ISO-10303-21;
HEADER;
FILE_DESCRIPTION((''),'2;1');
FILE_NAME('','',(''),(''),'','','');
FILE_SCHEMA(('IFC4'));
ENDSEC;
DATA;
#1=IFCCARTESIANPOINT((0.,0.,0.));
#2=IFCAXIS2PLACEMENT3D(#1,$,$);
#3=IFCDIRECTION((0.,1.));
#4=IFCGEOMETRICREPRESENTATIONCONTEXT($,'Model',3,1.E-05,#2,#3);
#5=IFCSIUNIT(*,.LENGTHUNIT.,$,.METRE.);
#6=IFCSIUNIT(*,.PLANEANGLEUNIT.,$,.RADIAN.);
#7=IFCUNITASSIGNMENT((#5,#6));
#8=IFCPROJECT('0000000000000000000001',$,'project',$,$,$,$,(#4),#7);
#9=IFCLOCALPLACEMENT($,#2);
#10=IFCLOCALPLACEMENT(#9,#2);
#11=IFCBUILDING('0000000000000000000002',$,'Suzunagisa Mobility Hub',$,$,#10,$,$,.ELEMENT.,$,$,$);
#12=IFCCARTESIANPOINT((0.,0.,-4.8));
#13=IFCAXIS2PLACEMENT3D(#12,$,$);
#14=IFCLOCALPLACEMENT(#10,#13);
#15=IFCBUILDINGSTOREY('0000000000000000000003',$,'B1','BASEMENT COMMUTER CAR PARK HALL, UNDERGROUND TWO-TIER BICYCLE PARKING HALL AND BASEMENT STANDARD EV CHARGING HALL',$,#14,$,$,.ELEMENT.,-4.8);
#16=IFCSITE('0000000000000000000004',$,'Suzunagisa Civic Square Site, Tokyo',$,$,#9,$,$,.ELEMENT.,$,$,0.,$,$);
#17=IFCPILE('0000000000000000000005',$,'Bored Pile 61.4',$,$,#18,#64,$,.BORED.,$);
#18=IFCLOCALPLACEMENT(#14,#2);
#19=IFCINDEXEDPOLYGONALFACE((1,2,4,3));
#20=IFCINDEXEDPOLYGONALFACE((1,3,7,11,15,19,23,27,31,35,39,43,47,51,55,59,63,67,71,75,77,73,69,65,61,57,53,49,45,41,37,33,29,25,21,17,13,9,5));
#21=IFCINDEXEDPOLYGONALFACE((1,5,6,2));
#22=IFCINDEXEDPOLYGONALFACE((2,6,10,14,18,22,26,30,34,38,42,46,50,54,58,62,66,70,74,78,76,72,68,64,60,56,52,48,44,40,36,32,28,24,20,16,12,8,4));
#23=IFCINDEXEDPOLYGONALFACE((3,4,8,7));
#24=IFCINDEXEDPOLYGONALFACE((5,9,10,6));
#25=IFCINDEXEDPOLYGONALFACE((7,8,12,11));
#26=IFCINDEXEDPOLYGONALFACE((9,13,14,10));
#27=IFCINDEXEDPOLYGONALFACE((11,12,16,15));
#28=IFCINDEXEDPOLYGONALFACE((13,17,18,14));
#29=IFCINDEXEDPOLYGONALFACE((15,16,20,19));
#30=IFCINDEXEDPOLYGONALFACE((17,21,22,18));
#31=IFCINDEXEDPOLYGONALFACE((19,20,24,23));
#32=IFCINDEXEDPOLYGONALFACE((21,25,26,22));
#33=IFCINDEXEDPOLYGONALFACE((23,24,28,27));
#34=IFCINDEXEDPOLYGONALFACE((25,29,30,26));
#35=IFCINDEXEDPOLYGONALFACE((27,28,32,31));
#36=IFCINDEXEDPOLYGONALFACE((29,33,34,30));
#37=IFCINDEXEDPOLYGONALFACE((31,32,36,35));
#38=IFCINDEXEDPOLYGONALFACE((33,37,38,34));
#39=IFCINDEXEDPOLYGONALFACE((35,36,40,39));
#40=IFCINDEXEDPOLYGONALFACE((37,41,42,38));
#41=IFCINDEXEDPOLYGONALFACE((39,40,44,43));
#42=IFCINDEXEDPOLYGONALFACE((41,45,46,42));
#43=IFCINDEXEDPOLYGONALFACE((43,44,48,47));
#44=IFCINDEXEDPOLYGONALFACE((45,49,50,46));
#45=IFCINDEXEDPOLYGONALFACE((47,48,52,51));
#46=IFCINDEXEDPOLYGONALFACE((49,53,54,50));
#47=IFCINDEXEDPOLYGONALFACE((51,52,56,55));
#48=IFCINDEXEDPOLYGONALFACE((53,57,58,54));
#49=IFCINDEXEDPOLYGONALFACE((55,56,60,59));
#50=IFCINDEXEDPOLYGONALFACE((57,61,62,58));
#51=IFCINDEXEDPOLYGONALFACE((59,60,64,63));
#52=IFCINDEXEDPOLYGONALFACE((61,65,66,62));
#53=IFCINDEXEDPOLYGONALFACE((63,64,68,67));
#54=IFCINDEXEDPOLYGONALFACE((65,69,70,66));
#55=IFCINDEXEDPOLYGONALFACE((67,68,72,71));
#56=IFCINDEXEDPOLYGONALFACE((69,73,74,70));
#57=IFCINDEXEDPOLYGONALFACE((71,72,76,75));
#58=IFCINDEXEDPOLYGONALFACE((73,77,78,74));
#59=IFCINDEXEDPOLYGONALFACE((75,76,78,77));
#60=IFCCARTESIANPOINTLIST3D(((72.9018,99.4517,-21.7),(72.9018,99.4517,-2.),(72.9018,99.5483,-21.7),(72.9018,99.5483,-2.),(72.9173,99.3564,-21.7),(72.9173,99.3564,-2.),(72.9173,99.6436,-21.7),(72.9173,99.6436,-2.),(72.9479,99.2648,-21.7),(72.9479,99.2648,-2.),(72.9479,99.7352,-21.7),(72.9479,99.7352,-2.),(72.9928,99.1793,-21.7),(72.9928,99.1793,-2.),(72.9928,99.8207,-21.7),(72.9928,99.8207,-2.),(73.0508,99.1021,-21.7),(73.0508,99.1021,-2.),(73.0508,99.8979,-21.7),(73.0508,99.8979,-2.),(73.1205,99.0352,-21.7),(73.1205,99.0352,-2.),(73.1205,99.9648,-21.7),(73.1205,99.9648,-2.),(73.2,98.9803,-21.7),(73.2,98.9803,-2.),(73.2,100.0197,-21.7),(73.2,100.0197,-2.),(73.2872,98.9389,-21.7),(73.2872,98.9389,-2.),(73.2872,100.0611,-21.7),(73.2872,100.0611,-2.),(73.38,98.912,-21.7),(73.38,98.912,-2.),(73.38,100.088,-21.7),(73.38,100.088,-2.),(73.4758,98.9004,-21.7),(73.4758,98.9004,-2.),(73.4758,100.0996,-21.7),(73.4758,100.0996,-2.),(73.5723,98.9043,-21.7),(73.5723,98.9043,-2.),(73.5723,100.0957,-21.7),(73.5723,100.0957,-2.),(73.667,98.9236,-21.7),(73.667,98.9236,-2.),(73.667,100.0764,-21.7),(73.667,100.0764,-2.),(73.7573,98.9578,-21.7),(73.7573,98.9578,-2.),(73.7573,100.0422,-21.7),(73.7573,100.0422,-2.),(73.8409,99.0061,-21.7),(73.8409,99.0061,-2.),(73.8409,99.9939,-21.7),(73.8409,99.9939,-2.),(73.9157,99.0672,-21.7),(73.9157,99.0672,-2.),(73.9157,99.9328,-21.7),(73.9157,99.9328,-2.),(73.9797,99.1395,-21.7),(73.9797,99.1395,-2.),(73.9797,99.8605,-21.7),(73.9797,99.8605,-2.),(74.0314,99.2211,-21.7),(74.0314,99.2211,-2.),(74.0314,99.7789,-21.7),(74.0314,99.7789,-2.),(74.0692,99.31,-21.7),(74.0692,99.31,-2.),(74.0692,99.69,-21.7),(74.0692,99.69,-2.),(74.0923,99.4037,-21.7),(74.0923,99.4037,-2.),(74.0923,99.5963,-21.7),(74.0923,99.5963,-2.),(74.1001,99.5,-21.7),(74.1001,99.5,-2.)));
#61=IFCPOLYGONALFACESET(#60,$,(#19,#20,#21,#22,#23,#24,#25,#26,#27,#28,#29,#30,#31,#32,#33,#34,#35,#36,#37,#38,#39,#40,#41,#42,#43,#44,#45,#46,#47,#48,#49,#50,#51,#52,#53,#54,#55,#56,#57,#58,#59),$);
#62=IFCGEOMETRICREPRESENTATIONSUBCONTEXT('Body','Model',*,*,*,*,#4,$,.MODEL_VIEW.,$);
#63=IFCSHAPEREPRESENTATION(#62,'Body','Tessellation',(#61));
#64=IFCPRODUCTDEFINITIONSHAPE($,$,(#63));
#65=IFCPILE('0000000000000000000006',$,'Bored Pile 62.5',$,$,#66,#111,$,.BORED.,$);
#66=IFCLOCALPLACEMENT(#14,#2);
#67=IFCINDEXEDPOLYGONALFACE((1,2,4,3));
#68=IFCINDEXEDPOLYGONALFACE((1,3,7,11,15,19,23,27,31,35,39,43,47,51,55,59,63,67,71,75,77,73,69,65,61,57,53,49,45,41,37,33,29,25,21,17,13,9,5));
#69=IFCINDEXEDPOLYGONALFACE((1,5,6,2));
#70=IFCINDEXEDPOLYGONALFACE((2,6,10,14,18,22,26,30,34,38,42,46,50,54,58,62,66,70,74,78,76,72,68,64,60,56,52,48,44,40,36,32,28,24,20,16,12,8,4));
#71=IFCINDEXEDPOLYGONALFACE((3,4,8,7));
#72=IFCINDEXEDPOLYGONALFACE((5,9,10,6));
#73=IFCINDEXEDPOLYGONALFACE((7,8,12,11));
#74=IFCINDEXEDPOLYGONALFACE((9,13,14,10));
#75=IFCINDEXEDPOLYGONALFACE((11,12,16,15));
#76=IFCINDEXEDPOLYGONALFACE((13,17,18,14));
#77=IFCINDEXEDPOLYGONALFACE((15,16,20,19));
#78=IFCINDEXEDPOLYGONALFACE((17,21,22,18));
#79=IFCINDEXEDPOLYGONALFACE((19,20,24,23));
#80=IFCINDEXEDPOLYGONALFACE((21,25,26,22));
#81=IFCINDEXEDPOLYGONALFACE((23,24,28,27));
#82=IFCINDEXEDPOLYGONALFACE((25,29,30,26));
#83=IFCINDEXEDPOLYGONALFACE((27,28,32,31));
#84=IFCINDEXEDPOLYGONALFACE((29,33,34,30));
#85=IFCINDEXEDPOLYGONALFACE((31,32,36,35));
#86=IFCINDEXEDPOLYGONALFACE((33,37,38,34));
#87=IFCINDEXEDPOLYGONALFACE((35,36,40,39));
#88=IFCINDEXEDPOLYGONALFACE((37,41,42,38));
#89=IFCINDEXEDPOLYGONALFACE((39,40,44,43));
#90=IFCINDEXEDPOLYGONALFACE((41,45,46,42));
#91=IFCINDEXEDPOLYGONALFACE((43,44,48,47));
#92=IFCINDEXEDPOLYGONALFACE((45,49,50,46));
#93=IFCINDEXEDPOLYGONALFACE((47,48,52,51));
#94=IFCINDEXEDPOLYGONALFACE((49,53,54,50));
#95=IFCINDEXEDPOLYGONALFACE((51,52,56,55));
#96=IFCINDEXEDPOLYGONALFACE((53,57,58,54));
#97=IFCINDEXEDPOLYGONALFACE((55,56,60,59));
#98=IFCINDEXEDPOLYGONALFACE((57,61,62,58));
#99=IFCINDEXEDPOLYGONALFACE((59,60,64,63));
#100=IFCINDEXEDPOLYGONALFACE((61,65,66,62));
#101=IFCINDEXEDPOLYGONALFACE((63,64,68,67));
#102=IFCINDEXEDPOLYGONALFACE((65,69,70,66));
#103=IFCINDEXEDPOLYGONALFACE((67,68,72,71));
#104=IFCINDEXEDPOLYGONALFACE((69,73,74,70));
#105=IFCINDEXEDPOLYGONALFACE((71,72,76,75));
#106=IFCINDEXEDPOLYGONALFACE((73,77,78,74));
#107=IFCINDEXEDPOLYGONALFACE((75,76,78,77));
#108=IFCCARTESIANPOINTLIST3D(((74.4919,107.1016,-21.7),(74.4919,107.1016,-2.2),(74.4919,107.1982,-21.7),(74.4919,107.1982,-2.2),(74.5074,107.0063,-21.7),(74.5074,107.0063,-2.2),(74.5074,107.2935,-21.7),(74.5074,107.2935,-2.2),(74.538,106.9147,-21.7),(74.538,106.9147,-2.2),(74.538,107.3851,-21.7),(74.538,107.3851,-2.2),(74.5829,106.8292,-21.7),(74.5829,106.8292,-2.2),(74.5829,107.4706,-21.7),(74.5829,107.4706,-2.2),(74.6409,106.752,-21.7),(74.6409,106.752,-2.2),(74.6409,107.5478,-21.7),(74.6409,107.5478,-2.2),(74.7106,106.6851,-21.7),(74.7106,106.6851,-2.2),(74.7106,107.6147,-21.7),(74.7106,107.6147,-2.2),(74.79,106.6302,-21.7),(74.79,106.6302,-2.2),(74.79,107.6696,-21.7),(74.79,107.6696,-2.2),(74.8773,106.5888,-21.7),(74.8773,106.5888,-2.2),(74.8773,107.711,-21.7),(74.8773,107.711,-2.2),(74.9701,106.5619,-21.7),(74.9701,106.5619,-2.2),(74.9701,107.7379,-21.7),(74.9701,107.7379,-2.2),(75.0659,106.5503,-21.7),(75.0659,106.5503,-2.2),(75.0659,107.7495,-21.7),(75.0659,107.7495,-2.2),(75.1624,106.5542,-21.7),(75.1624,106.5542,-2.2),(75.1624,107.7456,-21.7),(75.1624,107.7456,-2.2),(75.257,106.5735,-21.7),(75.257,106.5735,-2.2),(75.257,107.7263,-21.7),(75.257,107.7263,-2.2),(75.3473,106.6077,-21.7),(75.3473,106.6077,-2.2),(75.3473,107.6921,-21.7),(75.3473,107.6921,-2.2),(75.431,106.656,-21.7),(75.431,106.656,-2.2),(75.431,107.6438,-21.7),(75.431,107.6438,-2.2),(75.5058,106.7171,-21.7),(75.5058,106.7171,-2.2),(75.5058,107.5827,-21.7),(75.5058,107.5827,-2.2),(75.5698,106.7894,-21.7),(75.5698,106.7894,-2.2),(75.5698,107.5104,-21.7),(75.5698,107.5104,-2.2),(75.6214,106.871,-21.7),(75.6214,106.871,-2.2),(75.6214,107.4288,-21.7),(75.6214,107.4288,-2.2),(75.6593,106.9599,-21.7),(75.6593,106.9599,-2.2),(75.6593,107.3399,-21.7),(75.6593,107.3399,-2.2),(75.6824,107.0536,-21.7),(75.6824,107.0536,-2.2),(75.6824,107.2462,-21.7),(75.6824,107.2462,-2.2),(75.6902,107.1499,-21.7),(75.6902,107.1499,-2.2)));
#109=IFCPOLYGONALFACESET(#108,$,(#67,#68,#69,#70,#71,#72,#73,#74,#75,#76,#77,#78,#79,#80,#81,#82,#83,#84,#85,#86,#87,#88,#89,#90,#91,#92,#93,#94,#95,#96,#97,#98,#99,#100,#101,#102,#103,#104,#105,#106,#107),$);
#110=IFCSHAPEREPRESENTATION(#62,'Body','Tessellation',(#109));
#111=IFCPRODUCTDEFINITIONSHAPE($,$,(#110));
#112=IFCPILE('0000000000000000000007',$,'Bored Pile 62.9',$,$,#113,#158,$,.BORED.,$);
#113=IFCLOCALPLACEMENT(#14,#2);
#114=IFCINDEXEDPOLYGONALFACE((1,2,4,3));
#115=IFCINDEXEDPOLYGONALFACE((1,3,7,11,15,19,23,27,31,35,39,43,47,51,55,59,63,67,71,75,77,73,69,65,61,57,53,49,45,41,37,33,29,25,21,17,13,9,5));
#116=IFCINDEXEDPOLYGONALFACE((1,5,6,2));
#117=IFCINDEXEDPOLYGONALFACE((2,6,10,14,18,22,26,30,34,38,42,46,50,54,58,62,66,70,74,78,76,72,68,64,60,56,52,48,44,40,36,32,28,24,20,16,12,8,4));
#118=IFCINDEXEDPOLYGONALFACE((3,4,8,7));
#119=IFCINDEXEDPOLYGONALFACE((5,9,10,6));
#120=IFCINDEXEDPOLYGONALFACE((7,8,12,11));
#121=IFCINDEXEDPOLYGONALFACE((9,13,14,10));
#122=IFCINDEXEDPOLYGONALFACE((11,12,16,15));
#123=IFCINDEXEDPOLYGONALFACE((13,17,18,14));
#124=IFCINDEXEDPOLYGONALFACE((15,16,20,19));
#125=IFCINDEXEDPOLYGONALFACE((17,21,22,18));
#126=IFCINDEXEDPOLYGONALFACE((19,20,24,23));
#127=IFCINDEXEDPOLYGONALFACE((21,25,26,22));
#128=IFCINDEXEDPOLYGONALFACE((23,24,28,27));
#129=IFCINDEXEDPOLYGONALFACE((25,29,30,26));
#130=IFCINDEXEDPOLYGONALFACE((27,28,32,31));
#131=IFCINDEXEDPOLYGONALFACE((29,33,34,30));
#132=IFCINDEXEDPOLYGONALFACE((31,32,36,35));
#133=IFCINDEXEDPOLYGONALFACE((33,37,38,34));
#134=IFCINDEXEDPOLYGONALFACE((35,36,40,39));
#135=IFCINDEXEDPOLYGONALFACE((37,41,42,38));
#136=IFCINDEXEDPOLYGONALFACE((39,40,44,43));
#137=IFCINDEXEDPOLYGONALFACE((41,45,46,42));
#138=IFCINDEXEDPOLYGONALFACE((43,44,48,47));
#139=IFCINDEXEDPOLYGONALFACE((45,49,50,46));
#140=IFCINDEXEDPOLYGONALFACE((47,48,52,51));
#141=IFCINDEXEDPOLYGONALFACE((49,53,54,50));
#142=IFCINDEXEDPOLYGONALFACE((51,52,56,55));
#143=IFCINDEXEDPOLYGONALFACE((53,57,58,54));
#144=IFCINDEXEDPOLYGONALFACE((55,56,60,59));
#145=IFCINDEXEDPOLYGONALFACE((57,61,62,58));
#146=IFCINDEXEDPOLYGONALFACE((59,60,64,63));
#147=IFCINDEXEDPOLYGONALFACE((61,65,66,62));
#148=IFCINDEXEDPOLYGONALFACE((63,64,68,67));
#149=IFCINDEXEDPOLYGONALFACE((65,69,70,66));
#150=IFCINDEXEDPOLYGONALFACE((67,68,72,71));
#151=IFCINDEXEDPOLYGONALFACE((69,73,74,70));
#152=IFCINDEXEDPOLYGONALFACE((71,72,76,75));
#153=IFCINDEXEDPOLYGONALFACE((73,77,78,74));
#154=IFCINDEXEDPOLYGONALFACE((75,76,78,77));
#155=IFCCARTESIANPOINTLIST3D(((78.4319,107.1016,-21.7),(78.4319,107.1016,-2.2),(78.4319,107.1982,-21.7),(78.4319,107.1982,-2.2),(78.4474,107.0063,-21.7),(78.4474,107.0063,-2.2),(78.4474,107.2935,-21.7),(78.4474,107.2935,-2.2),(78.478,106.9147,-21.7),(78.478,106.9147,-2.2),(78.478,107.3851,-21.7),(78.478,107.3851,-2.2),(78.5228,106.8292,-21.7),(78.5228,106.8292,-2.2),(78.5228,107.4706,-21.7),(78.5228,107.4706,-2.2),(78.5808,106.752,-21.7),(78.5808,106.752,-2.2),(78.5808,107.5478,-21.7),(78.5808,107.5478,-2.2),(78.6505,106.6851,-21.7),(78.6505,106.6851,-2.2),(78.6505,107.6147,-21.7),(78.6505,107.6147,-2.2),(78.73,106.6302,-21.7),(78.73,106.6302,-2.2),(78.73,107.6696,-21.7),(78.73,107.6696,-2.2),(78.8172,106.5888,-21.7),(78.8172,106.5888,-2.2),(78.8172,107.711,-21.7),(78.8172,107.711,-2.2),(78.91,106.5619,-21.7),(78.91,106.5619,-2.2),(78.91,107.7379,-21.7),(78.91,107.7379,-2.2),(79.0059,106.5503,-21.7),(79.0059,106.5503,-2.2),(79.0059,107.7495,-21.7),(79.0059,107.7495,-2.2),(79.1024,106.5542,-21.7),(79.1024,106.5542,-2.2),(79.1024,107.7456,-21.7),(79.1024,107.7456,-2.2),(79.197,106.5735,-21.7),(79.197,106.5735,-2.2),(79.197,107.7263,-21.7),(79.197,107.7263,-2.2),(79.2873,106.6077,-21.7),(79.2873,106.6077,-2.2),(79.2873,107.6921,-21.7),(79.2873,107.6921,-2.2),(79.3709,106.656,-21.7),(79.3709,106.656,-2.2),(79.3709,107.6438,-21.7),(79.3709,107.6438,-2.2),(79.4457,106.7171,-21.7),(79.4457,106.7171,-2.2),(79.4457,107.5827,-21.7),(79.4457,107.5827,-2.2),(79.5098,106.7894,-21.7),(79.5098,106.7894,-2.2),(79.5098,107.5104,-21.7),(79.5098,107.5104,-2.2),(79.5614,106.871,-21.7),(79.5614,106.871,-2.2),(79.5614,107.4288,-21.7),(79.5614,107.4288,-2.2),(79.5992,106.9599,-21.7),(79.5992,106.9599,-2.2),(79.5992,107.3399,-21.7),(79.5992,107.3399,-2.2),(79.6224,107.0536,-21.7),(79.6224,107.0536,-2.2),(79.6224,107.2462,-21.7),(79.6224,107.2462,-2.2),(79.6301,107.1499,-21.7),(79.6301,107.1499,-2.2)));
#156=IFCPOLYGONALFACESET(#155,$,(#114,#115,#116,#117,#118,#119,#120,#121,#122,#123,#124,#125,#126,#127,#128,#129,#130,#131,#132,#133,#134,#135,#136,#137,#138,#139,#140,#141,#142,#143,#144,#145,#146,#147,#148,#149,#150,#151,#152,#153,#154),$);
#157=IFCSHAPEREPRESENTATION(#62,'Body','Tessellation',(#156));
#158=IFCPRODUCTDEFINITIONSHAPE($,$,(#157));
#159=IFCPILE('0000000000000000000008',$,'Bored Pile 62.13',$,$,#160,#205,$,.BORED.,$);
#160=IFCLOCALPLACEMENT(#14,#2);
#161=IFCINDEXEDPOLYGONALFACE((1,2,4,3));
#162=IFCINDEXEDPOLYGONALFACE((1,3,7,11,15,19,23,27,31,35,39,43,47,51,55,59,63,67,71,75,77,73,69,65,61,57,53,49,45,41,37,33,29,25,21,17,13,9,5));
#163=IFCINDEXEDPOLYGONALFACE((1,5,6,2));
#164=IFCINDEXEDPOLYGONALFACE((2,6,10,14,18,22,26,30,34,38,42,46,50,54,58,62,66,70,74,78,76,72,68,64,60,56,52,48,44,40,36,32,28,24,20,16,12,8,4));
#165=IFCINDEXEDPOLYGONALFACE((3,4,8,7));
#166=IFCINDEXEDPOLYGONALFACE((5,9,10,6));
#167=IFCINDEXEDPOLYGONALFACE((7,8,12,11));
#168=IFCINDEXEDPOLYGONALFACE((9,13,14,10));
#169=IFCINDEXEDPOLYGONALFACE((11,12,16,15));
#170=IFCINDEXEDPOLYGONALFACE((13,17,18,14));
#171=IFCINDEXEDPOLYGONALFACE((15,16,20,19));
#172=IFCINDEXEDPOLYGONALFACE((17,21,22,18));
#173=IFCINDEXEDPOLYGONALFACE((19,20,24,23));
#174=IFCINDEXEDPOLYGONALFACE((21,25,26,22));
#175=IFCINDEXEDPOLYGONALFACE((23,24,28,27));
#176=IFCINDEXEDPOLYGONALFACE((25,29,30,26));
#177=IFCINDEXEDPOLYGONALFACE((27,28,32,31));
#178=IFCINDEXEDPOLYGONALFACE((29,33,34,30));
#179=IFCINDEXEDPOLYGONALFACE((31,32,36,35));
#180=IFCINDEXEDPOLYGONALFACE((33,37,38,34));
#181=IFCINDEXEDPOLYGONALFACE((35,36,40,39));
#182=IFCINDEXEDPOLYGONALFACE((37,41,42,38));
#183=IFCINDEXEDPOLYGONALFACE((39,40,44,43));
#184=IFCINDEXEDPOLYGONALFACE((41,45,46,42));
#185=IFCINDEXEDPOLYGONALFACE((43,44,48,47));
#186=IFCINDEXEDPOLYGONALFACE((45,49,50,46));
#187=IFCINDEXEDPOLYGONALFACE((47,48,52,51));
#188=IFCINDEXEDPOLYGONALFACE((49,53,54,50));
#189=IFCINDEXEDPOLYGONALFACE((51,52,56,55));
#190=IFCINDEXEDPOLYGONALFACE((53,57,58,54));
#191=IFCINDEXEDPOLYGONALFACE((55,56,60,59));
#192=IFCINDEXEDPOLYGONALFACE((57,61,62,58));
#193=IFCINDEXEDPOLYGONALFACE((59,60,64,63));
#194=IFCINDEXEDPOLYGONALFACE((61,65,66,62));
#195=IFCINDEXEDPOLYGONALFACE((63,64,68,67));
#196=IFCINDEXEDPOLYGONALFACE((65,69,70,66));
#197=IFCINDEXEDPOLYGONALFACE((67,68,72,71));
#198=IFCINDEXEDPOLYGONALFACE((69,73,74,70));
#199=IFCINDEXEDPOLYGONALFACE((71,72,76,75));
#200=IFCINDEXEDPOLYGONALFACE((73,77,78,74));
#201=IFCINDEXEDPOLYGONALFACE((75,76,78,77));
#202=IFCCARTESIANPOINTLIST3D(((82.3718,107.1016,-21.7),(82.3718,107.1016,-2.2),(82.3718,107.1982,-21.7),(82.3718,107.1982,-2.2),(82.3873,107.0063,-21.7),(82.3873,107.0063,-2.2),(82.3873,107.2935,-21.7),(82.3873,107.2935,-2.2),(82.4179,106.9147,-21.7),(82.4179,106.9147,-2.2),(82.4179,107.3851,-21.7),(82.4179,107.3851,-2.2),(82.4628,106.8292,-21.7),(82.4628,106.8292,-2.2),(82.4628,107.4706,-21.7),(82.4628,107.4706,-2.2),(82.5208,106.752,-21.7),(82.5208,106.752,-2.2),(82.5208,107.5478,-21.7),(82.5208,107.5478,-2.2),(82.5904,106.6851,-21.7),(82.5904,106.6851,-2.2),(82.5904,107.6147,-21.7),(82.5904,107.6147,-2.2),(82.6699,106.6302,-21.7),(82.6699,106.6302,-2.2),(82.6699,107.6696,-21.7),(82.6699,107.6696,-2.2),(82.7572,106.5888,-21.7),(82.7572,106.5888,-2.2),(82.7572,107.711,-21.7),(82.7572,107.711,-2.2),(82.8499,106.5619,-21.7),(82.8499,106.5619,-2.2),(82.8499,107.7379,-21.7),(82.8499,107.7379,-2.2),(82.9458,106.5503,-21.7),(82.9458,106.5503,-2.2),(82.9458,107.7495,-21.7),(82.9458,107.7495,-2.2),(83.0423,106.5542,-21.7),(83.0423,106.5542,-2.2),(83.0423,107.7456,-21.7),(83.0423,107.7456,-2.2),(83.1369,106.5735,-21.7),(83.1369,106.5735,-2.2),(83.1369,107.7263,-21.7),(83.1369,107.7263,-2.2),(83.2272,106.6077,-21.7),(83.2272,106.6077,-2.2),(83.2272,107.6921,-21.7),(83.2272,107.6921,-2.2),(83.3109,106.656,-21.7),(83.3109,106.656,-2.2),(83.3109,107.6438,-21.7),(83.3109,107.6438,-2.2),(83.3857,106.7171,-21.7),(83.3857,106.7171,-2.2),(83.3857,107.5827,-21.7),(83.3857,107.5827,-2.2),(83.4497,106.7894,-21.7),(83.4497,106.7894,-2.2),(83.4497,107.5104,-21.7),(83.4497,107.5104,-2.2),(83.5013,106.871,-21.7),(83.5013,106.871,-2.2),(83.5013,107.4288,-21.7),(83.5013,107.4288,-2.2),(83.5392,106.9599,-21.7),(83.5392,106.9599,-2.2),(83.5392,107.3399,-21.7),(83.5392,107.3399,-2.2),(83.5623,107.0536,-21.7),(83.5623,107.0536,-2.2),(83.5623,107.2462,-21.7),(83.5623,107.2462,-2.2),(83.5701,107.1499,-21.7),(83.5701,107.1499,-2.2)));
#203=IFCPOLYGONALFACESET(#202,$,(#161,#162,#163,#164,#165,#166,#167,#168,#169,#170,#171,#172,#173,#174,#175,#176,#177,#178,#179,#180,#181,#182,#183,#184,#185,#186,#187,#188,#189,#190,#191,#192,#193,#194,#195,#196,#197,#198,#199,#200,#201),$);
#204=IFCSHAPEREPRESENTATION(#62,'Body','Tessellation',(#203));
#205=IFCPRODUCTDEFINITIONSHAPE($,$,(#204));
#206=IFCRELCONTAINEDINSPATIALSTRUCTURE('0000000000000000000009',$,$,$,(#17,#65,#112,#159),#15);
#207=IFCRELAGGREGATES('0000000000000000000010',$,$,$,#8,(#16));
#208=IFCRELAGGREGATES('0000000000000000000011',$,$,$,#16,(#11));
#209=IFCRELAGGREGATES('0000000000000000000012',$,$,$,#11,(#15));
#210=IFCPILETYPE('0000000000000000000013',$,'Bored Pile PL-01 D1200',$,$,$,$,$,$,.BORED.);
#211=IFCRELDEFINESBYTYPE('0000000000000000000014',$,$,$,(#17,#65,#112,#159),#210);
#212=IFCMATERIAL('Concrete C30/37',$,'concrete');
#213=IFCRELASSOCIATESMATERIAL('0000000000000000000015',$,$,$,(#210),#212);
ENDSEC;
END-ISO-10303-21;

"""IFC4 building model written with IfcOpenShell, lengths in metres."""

from ifc_helpers import new_model, si_unit, direction, frame, origin, origin_2d, place, context, subcontext, project, spatial, circle, extrude, material, material_profile, profile_set, type_object, element, save


model = new_model("IFC4")

# Units and contexts
model_context = context("Model", 3, precision=1e-05, world=origin(), true_north=direction((0.0, 1.0)))
body_context = subcontext(model_context, "Body", "Model", "MODEL_VIEW")
ifc_project = project(units=[si_unit("LENGTHUNIT", "METRE"), si_unit("PLANEANGLEUNIT", "RADIAN")], contexts=[model_context])

# Site, building, storey
site_placement = place(None, origin())
site = spatial("IfcSite", under=ifc_project, at=site_placement, Name="Suzunagisa Civic Square Site, Tokyo", CompositionType="ELEMENT", RefElevation=0.0)
building_placement = place(site_placement, origin())
building = spatial("IfcBuilding", under=site, at=building_placement, Name="Suzunagisa Mobility Hub", CompositionType="ELEMENT")
storey_placement = place(building_placement, frame((0.0, 0.0, -4.8)))
storey = spatial("IfcBuildingStorey", under=building, at=storey_placement, Name="B1", Description="BASEMENT COMMUTER CAR PARK HALL, UNDERGROUND TWO-TIER BICYCLE PARKING HALL AND BASEMENT STANDARD EV CHARGING HALL", CompositionType="ELEMENT", Elevation=-4.8)

# Piles
ifc_material_1 = material(Name="Concrete C30/37", Category="concrete")
ifc_material_profile_1 = material_profile(ifc_material_1, circle(Radius=0.6001, at=origin_2d()), Name="BORED PILE D1200")
ifc_profile_set_1 = profile_set([ifc_material_profile_1], Name="Concrete C30/37")
pile_type = type_object("IfcPileType", Name="Bored Pile PL-01 D1200", PredefinedType="BORED", material=ifc_profile_set_1)
pile_1_placement = place(storey_placement, frame((73.5, 99.5, -2.0), z_axis=(0.0, 0.0, -1.0), x_axis=(1.0, 0.0, 0.0)))
element("IfcPile", 1, at=pile_1_placement, inside=storey, type_object=pile_type, Name="Bored Pile 61.4", PredefinedType="BORED", context=body_context, shape_type="SweptSolid", body=[
    extrude(circle(Radius=0.6001, at=origin_2d()), origin(), (0.0, 0.0, 1.0), 19.7),
])
for number, where, z_axis, x_axis, name in (
    (2, (75.0901, 107.1499, -2.2), (0.0, 0.0, -1.0), (1.0, 0.0, 0.0), "Bored Pile 62.5"),
    (3, (79.03, 107.1499, -2.2), (0.0, 0.0, -1.0), (1.0, 0.0, 0.0), "Bored Pile 62.9"),
    (4, (82.97, 107.1499, -2.2), (0.0, 0.0, -1.0), (1.0, 0.0, 0.0), "Bored Pile 62.13"),
):
    element("IfcPile", number, at=place(storey_placement, frame(where, z_axis=z_axis, x_axis=x_axis)), inside=storey, type_object=pile_type, Name=name, PredefinedType="BORED", context=body_context, shape_type="SweptSolid", body=[
        extrude(circle(Radius=0.6001, at=origin_2d()), origin(), (0.0, 0.0, 1.0), 19.5),
    ])

save(model, "model.ifc")
